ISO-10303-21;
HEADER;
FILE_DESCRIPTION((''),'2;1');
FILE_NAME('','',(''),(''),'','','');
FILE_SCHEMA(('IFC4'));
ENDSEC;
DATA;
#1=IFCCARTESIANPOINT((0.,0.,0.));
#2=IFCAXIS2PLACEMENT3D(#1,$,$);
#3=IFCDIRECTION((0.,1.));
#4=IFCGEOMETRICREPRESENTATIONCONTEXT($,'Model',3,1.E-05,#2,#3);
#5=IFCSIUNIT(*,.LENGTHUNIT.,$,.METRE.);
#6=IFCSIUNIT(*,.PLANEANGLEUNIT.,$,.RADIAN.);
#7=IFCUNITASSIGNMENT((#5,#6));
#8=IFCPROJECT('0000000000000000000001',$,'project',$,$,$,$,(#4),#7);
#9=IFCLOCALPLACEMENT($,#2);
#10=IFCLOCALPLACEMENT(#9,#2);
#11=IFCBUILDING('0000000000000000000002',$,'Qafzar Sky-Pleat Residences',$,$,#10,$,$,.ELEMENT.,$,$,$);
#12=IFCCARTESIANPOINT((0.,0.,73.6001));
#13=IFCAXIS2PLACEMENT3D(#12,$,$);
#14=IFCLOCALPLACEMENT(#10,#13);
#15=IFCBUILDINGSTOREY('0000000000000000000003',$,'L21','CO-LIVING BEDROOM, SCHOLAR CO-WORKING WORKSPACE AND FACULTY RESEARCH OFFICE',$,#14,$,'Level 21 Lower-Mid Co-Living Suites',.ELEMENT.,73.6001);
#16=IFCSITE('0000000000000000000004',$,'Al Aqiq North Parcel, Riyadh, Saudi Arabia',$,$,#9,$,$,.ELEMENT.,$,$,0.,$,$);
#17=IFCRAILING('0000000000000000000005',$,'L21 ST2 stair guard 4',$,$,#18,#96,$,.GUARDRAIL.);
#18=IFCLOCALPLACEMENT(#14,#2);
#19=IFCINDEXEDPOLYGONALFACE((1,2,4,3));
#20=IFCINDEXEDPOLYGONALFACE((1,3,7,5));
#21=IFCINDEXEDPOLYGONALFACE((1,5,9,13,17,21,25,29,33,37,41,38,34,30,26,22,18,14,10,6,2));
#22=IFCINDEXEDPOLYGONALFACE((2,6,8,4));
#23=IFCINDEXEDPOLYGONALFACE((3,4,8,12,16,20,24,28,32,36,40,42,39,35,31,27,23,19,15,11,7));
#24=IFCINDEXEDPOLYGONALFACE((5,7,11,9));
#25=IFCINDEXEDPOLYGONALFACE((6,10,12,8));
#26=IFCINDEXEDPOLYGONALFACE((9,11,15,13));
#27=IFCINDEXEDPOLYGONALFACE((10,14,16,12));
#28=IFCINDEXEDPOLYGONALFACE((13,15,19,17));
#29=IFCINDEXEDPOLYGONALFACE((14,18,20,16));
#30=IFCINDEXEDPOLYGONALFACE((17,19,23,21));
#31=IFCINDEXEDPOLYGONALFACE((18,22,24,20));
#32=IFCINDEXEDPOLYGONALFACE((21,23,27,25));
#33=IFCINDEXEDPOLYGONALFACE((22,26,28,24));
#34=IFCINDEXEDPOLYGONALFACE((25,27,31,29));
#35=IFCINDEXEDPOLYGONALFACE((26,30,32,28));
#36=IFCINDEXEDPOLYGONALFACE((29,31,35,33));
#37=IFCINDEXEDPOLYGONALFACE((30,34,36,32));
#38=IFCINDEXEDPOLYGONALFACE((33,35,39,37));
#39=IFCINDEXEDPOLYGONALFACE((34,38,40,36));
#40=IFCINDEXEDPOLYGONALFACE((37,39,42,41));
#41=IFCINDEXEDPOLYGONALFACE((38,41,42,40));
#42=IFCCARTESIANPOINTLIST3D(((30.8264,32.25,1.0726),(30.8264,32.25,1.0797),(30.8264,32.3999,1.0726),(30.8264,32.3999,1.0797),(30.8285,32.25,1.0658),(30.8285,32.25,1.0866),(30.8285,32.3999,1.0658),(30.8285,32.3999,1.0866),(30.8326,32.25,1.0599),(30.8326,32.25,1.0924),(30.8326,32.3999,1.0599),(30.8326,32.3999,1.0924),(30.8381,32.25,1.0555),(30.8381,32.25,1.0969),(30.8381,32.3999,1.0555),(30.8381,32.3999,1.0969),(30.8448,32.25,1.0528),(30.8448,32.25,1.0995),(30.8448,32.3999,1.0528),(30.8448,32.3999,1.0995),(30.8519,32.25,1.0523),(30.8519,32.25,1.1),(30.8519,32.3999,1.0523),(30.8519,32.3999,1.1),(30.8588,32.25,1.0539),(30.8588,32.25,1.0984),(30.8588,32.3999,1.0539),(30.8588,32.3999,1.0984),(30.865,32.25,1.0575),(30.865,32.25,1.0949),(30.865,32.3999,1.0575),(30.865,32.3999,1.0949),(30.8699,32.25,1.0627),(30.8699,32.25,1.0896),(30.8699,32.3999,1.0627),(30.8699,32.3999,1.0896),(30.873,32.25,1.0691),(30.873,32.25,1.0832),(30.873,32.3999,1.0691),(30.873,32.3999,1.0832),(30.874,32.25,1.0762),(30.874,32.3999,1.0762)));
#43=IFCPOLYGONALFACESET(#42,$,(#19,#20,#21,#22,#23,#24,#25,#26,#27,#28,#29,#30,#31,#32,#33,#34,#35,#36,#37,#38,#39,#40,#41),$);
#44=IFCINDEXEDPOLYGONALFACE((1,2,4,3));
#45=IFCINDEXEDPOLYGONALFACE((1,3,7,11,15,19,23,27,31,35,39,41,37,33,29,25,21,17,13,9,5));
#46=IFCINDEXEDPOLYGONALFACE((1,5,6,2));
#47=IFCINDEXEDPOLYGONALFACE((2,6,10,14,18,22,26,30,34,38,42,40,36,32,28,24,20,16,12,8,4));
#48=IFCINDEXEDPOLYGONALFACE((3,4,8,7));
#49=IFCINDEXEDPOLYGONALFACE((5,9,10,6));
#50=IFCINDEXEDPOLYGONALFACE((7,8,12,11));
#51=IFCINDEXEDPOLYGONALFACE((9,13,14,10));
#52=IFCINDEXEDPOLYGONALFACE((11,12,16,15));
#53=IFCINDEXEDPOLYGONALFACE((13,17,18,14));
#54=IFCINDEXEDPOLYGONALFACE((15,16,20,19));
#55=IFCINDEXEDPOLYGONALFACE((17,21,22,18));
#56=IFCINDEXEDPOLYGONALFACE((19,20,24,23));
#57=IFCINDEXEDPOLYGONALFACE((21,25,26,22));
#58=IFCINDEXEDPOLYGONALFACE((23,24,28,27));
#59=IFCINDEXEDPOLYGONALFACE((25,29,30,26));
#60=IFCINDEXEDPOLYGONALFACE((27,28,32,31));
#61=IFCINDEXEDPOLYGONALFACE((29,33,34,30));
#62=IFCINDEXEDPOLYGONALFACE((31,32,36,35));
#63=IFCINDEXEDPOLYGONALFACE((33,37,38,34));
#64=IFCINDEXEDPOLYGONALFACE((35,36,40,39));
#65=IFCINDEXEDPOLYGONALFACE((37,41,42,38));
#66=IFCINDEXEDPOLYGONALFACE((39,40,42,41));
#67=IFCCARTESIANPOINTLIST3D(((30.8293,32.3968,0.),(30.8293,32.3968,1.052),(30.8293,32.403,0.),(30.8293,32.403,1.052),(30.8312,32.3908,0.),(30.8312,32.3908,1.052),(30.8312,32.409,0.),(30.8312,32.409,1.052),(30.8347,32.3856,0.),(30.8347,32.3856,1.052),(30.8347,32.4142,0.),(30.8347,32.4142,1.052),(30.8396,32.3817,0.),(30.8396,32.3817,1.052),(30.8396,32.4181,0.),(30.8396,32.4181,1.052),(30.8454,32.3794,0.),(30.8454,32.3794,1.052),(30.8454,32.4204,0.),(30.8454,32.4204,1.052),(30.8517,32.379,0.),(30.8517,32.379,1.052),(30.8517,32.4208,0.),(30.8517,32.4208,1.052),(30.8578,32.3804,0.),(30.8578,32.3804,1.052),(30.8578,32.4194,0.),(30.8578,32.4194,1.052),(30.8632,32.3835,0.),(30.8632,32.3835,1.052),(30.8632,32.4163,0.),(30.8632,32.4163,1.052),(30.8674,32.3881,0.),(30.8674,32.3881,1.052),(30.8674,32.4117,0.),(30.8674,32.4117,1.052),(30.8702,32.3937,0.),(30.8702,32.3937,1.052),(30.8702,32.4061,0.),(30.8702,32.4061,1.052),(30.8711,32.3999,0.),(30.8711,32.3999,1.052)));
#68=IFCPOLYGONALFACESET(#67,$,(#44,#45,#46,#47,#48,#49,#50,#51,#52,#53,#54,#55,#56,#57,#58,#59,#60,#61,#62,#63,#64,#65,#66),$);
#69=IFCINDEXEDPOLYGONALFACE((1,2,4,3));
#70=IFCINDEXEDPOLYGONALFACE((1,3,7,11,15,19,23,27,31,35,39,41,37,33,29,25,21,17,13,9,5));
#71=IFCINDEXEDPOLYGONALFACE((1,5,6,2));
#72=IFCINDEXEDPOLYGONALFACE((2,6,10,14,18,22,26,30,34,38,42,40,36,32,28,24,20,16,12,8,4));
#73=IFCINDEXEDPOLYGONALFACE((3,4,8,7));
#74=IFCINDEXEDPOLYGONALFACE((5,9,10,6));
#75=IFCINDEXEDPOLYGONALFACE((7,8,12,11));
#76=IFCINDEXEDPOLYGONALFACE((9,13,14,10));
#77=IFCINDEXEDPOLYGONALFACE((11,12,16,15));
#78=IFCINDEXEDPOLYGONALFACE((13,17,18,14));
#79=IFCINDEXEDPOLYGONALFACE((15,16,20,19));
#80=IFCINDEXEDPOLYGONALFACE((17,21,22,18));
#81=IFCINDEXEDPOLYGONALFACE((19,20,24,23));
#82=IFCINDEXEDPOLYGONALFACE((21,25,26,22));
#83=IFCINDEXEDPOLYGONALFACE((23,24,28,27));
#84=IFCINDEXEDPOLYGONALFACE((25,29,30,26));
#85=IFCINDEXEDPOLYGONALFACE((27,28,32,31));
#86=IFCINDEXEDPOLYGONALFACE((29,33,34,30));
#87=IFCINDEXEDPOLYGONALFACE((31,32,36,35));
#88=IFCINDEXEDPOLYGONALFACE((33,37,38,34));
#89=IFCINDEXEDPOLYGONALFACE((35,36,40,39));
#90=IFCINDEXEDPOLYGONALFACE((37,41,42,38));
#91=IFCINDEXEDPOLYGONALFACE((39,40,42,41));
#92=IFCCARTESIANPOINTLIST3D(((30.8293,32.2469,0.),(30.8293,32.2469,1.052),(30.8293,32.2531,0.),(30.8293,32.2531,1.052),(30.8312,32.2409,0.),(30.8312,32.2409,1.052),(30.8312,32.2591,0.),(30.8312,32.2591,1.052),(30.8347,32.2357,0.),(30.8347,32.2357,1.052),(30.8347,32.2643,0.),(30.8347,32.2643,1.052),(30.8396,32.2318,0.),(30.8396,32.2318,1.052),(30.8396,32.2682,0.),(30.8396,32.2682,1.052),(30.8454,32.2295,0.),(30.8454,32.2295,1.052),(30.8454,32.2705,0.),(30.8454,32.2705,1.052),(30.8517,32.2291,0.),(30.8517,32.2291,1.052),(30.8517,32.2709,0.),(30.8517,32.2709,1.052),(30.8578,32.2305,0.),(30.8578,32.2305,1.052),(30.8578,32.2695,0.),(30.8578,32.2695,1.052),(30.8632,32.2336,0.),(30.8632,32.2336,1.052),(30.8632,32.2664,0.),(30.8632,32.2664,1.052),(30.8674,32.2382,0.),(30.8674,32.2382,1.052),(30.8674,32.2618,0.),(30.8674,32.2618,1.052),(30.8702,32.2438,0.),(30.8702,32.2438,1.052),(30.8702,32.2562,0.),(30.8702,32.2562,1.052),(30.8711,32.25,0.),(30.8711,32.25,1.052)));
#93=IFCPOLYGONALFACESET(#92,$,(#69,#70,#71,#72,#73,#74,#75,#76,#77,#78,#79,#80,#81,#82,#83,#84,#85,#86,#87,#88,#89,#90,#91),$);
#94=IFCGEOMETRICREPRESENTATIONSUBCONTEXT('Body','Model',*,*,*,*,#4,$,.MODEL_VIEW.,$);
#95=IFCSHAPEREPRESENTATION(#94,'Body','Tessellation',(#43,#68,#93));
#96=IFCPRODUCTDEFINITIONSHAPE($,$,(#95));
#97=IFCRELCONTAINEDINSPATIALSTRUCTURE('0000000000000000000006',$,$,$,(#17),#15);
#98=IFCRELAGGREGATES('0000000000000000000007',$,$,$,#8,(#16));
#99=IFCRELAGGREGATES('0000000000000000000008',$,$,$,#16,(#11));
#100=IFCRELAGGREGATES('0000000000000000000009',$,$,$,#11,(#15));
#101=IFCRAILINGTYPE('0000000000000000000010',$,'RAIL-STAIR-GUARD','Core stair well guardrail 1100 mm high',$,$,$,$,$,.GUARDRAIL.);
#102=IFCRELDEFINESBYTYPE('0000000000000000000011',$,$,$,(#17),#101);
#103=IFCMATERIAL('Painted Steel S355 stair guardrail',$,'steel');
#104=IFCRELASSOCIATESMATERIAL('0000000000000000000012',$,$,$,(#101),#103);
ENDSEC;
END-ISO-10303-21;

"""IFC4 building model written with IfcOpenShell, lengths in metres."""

from ifc_helpers import new_model, si_unit, direction, frame, origin, origin_2d, place, context, subcontext, project, spatial, circle, extrude, source, transform, mapped, material, type_object, element, save


model = new_model("IFC4")

# Units and contexts
model_context = context("Model", 3, precision=1e-05, world=origin(), true_north=direction((0.0, 1.0)))
body_context = subcontext(model_context, "Body", "Model", "MODEL_VIEW")
ifc_project = project(units=[si_unit("LENGTHUNIT", "METRE"), si_unit("PLANEANGLEUNIT", "RADIAN")], contexts=[model_context])

# Site, building, storey
site_placement = place(None, origin())
site = spatial("IfcSite", under=ifc_project, at=site_placement, Name="Al Aqiq North Parcel, Riyadh, Saudi Arabia", CompositionType="ELEMENT", RefElevation=0.0)
building_placement = place(site_placement, origin())
building = spatial("IfcBuilding", under=site, at=building_placement, Name="Qafzar Sky-Pleat Residences", CompositionType="ELEMENT")
storey_placement = place(building_placement, frame((0.0, 0.0, 73.6001)))
storey = spatial("IfcBuildingStorey", under=building, at=storey_placement, Name="L21", Description="CO-LIVING BEDROOM, SCHOLAR CO-WORKING WORKSPACE AND FACULTY RESEARCH OFFICE", LongName="Level 21 Lower-Mid Co-Living Suites", CompositionType="ELEMENT", Elevation=73.6001)

# Railing
ifc_material_1 = material(Name="Painted Steel S355 stair guardrail", Category="steel")
railing_type_1 = type_object("IfcRailingType", Name="RAIL-STAIR-GUARD", Description="Core stair well guardrail 1100 mm high", PredefinedType="GUARDRAIL", material=ifc_material_1)
shared_shape_1 = source(origin(), body_context, "Body", "SweptSolid", [
    extrude(circle(Radius=0.0239, at=origin_2d()), frame((0.0, 0.0, 1.0762), z_axis=(0.0, -1.0, 0.0), x_axis=(1.0, 0.0, 0.0)), (0.0, 0.0, 1.0), 0.1499),
    extrude(circle(Radius=0.021, at=origin_2d()), origin(), (0.0, 0.0, 1.0), 1.052),
    extrude(circle(Radius=0.021, at=origin_2d()), frame((0.0, -0.1499, 0.0)), (0.0, 0.0, 1.0), 1.052),
])
for number, where, name in (
    (1, (30.8501, 32.3999, 0.0), "L21 ST2 stair guard 4"),
):
    element("IfcRailing", number, at=place(storey_placement, frame(where)), inside=storey, type_object=railing_type_1, Name=name, PredefinedType="GUARDRAIL", context=body_context, shape_type="MappedRepresentation", body=[
        mapped(shared_shape_1, transform((0.0, 0.0, 0.0), x_axis=(1.0, 0.0, 0.0), y_axis=(0.0, 1.0, 0.0), z_axis=(0.0, 0.0, 1.0), scale=1.0)),
    ])

save(model, "model.ifc")
